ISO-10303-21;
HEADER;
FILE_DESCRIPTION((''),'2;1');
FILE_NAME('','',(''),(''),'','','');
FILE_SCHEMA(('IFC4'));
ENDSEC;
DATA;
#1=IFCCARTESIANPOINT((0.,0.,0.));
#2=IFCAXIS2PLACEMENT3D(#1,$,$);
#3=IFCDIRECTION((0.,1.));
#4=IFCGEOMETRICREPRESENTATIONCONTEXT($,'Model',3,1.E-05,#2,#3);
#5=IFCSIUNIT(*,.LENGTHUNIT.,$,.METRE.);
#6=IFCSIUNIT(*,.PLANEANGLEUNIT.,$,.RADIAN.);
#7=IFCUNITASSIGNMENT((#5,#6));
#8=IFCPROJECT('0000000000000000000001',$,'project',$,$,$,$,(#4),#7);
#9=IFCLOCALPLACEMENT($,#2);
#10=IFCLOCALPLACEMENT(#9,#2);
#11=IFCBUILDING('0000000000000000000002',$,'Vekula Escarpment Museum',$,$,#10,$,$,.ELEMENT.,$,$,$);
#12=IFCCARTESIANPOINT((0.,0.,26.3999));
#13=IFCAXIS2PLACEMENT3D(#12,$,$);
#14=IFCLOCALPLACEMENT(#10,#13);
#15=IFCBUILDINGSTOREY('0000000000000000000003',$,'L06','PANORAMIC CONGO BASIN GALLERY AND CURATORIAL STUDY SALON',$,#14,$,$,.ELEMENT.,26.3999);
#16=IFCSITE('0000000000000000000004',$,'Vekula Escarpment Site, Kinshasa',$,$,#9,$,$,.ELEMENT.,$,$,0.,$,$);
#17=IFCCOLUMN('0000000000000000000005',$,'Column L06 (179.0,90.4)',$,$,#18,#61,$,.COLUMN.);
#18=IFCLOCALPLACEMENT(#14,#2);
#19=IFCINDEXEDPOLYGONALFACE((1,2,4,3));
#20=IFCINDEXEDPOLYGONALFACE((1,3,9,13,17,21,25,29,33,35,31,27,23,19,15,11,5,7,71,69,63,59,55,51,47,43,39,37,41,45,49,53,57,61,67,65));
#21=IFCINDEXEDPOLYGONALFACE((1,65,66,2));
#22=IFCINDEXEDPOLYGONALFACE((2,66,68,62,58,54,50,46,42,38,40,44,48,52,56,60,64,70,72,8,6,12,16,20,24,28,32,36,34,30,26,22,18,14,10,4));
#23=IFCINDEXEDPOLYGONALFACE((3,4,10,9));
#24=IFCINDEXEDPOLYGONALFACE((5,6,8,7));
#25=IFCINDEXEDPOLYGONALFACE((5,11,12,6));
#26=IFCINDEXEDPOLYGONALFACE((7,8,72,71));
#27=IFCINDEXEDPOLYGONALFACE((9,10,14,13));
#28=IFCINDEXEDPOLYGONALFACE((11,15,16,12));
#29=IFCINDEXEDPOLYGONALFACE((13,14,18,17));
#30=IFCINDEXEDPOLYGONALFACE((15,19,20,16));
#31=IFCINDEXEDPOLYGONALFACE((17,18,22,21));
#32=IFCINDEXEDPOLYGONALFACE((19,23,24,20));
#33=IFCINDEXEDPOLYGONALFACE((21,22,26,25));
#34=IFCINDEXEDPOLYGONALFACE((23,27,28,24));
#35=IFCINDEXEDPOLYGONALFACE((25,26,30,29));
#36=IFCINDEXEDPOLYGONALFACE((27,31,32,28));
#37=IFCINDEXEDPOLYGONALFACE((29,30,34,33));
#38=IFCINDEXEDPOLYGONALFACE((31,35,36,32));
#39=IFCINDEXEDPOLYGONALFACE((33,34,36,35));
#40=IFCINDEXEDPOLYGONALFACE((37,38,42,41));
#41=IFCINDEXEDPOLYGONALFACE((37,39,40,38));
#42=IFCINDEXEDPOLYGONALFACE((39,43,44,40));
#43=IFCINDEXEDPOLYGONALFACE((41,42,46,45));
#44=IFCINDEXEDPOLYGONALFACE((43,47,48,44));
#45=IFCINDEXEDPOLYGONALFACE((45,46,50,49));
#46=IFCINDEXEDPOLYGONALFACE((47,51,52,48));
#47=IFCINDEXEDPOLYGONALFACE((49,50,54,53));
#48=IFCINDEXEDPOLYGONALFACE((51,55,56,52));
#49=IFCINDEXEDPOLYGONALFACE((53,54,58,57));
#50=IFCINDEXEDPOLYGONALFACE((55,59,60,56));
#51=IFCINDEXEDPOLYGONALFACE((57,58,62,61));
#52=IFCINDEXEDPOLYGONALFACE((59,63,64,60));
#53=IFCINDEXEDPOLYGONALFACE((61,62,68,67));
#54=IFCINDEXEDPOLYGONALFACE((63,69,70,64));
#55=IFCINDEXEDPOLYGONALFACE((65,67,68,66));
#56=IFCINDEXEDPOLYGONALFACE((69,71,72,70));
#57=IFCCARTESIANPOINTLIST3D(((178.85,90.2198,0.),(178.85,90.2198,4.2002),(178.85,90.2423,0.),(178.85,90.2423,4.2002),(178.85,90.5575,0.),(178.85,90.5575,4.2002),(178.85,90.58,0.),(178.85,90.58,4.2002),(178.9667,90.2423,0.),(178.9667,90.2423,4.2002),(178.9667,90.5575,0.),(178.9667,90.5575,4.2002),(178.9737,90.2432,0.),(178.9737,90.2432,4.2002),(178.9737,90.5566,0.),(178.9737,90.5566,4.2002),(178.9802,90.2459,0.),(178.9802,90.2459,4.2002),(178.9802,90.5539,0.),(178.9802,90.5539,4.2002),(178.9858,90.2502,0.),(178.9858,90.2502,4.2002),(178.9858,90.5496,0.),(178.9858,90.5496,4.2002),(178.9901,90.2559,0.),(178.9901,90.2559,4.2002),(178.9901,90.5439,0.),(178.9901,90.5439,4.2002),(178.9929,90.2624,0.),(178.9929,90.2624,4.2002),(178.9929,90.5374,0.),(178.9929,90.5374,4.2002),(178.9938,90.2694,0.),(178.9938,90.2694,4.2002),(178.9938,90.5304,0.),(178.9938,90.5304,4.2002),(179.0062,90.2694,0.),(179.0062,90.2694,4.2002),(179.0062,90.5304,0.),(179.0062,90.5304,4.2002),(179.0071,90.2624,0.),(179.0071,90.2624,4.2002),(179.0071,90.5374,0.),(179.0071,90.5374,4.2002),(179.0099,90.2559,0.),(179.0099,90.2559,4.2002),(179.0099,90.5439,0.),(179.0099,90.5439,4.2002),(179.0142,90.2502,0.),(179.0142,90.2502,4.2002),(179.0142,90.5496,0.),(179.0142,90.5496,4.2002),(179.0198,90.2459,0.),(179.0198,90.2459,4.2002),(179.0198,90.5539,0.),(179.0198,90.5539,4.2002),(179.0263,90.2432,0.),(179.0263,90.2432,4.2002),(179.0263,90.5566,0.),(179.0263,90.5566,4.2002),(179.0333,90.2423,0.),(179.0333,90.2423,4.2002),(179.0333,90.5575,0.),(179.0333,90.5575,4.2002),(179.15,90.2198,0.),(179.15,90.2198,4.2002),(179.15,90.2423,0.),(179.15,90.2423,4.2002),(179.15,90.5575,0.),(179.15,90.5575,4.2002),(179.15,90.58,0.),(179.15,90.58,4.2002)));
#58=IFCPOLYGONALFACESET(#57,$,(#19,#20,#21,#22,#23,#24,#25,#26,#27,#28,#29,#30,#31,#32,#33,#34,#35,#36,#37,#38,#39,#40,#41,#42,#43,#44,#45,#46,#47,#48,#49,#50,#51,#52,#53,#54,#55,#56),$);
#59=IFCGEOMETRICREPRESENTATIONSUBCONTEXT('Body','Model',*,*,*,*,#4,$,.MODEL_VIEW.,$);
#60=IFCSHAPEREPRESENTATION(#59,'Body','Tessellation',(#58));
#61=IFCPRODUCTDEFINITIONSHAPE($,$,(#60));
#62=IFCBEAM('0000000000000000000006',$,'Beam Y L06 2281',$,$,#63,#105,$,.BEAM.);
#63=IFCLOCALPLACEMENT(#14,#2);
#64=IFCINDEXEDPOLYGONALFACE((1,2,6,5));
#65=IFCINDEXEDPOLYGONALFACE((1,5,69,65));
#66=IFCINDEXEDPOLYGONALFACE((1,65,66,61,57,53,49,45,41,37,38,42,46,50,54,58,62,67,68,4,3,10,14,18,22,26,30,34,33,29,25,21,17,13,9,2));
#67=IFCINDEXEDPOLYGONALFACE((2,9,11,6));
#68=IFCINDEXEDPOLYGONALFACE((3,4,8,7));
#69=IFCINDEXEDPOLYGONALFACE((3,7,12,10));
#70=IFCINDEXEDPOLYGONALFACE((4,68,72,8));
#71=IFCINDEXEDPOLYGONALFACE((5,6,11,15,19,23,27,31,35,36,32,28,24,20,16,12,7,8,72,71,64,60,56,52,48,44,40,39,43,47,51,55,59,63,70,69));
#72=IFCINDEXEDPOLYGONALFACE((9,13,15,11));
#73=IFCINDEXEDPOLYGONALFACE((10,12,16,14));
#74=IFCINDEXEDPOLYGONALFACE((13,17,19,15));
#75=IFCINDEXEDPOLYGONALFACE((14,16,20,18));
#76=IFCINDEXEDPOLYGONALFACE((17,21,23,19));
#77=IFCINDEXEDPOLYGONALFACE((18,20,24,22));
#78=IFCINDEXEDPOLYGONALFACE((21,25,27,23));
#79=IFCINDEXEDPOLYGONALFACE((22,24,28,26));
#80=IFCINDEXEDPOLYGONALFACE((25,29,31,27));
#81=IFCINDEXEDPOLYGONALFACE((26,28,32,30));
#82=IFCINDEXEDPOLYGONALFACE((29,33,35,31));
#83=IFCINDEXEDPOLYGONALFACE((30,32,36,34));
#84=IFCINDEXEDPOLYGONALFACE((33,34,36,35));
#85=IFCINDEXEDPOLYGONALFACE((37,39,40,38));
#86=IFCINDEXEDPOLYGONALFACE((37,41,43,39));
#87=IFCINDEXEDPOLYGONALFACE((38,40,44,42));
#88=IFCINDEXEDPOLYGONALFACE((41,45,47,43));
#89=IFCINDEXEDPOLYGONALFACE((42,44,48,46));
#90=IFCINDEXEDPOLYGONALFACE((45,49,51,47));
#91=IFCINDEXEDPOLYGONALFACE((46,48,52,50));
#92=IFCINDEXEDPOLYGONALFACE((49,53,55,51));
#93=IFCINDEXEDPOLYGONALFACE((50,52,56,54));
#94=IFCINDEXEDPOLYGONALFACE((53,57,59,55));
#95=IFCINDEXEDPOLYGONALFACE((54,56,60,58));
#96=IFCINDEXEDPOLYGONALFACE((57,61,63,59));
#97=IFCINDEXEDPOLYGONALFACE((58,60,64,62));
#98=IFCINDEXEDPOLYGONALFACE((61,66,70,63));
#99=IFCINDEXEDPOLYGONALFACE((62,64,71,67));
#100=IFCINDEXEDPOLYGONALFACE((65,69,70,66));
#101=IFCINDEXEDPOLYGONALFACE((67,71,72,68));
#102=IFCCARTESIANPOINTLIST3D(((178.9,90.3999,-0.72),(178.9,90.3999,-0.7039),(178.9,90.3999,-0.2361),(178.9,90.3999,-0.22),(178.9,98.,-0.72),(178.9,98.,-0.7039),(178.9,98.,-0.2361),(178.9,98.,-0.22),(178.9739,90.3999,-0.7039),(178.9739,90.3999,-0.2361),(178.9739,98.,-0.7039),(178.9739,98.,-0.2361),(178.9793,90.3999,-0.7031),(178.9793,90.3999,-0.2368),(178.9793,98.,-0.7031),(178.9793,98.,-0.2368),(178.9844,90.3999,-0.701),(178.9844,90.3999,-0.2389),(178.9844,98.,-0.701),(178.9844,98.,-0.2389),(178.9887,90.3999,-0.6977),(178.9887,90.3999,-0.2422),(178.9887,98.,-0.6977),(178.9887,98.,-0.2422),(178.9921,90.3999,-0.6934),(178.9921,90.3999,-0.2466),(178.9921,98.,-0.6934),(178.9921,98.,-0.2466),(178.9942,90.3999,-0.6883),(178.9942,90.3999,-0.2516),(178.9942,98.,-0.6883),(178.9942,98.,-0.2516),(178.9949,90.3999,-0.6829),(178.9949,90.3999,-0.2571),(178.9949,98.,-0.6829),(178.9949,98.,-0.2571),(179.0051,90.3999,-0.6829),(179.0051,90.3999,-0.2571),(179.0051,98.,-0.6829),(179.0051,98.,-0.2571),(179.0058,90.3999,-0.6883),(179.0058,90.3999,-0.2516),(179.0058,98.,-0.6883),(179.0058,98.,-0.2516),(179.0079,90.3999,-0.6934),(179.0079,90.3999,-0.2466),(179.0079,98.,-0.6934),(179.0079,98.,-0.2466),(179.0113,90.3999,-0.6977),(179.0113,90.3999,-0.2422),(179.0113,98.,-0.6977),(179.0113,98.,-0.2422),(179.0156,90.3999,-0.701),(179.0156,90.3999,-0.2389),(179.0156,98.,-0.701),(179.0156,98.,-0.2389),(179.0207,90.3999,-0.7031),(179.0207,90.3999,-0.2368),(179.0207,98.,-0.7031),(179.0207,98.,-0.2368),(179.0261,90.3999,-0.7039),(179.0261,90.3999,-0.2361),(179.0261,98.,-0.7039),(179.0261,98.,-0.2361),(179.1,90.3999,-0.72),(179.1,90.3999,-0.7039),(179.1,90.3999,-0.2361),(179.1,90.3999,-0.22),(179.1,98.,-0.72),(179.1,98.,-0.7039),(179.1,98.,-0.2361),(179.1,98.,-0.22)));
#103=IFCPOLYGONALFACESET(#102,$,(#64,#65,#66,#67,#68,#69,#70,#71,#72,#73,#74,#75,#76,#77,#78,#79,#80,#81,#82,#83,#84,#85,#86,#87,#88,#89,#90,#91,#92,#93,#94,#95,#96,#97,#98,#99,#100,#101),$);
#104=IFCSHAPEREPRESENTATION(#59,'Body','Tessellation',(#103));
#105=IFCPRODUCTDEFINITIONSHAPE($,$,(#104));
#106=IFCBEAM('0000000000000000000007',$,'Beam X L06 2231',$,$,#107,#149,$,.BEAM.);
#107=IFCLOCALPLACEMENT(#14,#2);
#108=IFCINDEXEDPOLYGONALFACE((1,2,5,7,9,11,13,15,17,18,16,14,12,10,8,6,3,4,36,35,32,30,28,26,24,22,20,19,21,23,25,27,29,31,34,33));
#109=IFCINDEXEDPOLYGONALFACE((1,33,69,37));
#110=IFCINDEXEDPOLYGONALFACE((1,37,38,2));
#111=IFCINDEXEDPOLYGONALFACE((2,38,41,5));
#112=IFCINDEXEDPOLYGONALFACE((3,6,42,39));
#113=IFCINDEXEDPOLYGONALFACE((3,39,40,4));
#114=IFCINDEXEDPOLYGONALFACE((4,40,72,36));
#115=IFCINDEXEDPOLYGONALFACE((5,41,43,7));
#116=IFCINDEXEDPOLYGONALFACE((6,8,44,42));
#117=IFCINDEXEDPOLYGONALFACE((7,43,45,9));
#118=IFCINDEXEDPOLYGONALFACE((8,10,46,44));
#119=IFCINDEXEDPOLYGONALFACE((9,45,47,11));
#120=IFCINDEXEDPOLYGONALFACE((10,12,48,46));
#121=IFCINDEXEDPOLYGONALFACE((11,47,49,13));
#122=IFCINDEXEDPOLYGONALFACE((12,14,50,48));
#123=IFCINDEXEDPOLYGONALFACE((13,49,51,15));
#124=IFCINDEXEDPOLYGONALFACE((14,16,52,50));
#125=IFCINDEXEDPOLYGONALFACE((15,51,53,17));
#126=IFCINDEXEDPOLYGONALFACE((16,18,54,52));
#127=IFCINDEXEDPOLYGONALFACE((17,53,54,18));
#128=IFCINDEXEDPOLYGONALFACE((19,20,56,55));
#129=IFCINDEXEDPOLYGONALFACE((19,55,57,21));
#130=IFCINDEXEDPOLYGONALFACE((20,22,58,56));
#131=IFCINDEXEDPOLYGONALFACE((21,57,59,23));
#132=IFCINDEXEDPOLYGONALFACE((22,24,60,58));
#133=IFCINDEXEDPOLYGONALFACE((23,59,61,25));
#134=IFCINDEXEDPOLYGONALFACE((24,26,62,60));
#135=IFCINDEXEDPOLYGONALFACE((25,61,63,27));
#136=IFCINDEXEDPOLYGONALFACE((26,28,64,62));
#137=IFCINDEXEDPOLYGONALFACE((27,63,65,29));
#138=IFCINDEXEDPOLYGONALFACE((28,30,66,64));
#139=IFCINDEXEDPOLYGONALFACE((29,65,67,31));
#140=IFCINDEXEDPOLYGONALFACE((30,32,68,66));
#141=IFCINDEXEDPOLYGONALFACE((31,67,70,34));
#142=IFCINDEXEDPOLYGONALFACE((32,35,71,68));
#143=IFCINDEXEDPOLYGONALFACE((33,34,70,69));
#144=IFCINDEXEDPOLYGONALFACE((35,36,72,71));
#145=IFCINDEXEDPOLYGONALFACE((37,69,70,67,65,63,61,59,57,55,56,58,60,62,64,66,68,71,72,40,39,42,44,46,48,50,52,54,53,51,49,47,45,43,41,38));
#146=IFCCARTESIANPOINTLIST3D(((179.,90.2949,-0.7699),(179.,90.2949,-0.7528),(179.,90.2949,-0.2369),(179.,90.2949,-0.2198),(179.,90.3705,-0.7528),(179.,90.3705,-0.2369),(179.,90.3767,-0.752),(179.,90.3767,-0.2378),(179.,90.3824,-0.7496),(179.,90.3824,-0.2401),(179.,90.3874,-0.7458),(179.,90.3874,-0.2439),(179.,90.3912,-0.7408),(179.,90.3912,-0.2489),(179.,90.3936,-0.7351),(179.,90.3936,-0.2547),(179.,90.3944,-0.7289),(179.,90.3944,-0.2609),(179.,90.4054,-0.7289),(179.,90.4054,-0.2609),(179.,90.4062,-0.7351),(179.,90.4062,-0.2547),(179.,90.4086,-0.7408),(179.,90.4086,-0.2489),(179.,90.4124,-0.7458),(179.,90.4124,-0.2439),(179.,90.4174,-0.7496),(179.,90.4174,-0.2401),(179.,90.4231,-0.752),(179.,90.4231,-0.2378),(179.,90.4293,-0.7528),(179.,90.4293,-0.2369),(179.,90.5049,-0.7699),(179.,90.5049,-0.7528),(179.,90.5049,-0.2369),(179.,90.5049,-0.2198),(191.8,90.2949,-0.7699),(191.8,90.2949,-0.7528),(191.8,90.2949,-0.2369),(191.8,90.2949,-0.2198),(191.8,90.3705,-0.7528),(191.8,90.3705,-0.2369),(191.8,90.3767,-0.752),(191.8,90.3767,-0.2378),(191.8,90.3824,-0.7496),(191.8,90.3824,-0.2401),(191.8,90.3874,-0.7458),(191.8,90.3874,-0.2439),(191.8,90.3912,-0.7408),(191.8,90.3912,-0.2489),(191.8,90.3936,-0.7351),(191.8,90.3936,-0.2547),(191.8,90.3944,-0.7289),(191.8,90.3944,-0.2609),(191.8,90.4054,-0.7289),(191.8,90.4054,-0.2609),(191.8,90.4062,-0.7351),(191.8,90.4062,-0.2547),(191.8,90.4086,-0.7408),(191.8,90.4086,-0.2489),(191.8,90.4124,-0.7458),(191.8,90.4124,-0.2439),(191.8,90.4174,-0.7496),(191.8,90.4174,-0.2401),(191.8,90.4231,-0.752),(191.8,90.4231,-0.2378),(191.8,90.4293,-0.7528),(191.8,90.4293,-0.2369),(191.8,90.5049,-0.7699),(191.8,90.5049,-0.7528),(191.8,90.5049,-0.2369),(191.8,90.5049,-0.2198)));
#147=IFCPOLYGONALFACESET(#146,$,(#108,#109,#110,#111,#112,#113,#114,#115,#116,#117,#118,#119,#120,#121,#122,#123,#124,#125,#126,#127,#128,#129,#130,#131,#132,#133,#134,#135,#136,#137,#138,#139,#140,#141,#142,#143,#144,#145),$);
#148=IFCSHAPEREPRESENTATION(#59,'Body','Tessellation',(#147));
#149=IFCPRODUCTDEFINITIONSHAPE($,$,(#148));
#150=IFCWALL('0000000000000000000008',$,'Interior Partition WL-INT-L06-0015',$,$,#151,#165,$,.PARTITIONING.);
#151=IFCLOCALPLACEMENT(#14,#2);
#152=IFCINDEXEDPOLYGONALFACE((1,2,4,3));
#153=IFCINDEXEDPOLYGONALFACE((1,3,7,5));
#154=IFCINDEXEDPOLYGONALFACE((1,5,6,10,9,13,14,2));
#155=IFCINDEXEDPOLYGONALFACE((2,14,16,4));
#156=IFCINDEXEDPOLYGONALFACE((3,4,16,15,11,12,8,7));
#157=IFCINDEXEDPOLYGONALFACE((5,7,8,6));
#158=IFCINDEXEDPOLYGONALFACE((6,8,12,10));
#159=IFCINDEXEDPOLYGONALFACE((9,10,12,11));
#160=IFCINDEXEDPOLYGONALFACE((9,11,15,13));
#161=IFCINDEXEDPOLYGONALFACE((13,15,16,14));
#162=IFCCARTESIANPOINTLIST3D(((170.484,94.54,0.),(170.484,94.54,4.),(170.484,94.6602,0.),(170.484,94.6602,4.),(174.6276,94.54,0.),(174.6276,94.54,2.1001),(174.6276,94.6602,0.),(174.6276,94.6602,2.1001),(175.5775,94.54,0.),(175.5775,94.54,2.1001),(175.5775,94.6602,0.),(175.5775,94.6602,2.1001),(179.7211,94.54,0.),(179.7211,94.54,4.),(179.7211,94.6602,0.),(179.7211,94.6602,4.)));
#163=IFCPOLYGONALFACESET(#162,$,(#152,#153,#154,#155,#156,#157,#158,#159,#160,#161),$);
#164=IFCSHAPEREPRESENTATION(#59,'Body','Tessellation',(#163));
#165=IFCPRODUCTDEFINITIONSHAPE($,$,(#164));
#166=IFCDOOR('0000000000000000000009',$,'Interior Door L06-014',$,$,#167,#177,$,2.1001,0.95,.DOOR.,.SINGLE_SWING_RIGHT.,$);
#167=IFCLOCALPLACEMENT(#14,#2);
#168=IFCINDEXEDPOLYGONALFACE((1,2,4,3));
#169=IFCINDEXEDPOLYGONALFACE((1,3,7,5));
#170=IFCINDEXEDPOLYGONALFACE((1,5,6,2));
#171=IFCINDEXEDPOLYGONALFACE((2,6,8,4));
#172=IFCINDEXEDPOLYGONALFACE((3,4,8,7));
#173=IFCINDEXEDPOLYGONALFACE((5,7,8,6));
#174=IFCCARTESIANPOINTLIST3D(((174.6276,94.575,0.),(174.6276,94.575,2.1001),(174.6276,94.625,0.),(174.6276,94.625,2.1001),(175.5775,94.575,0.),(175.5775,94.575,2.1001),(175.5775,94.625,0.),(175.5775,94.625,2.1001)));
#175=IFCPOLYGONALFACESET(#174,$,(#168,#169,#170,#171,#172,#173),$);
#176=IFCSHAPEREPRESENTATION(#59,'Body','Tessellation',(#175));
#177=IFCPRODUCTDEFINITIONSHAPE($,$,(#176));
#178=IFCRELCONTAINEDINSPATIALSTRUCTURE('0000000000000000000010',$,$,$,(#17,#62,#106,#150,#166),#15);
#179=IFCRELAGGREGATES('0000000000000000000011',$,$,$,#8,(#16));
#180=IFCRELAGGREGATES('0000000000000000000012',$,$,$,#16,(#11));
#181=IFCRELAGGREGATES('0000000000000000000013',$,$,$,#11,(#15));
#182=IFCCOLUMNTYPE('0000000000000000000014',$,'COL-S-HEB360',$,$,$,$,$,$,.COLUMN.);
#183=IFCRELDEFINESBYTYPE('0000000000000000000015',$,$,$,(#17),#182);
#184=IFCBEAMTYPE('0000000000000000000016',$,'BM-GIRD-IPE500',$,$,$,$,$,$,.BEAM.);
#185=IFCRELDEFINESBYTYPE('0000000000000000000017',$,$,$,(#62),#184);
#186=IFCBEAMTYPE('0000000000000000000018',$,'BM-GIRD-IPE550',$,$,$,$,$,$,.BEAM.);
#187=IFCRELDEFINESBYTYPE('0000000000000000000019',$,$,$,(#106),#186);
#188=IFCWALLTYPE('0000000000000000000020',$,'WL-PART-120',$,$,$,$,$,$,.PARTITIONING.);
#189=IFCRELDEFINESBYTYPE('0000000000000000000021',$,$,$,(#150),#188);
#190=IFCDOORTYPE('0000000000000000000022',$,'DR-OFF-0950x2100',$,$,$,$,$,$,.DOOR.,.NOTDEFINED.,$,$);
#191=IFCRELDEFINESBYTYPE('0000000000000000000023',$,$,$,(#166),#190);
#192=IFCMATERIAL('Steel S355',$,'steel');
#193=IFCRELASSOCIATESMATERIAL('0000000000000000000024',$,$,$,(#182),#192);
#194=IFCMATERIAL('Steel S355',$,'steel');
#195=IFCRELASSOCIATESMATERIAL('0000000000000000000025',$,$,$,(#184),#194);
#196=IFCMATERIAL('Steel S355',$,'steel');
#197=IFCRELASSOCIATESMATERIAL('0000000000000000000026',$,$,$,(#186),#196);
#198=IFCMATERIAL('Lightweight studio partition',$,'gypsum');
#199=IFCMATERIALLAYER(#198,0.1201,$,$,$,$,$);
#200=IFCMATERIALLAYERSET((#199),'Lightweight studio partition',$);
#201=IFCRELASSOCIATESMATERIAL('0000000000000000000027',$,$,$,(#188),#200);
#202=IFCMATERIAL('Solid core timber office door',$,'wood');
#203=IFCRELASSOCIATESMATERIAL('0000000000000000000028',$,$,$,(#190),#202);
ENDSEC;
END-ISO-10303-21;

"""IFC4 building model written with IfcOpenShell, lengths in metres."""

from ifc_helpers import new_model, si_unit, direction, frame, frame_2d, origin, origin_2d, place, context, subcontext, project, spatial, rectangle, i_section, extrude, material, layer, layer_set, material_profile, profile_set, type_object, element, fill, save


model = new_model("IFC4")

# Units and contexts
model_context = context("Model", 3, precision=1e-05, world=origin(), true_north=direction((0.0, 1.0)))
body_context = subcontext(model_context, "Body", "Model", "MODEL_VIEW")
ifc_project = project(units=[si_unit("LENGTHUNIT", "METRE"), si_unit("PLANEANGLEUNIT", "RADIAN")], contexts=[model_context])

# Site, building, storey
site_placement = place(None, origin())
site = spatial("IfcSite", under=ifc_project, at=site_placement, Name="Vekula Escarpment Site, Kinshasa", CompositionType="ELEMENT", RefElevation=0.0)
building_placement = place(site_placement, origin())
building = spatial("IfcBuilding", under=site, at=building_placement, Name="Vekula Escarpment Museum", CompositionType="ELEMENT")
storey_placement = place(building_placement, frame((0.0, 0.0, 26.3999)))
storey = spatial("IfcBuildingStorey", under=building, at=storey_placement, Name="L06", Description="PANORAMIC CONGO BASIN GALLERY AND CURATORIAL STUDY SALON", CompositionType="ELEMENT", Elevation=26.3999)

# Column
ifc_material_1 = material(Name="Steel S355", Category="steel")
ifc_material_profile_1 = material_profile(ifc_material_1, i_section(OverallWidth=0.3, OverallDepth=0.3601, WebThickness=0.0125, FlangeThickness=0.0225, FilletRadius=0.0271, at=origin_2d()), Name="HEB 360")
ifc_profile_set_1 = profile_set([ifc_material_profile_1], Name="Steel S355")
column_type = type_object("IfcColumnType", Name="COL-S-HEB360", PredefinedType="COLUMN", material=ifc_profile_set_1)
column_placement = place(storey_placement, frame((179.0, 90.3999, 0.0), z_axis=(0.0, 0.0, 1.0), x_axis=(1.0, 0.0, 0.0)))
element("IfcColumn", 1, at=column_placement, inside=storey, type_object=column_type, Name="Column L06 (179.0,90.4)", PredefinedType="COLUMN", context=body_context, shape_type="SweptSolid", body=[
    extrude(i_section(OverallWidth=0.3, OverallDepth=0.3601, WebThickness=0.0125, FlangeThickness=0.0225, FilletRadius=0.0271, at=origin_2d()), origin(), (0.0, 0.0, 1.0), 4.2002),
])

# Beams
ifc_material_2 = material(Name="Steel S355", Category="steel")
ifc_material_profile_2 = material_profile(ifc_material_2, i_section(OverallWidth=0.2, OverallDepth=0.5, WebThickness=0.0103, FlangeThickness=0.0161, FilletRadius=0.021, at=origin_2d()), Name="IPE 500")
ifc_profile_set_2 = profile_set([ifc_material_profile_2], Name="Steel S355")
beam_type_1 = type_object("IfcBeamType", Name="BM-GIRD-IPE500", PredefinedType="BEAM", material=ifc_profile_set_2)
beam_1_placement = place(storey_placement, frame((179.0, 90.3999, -0.47), z_axis=(0.0, 1.0, 0.0), x_axis=(-1.0, 0.0, 0.0)))
element("IfcBeam", 2, at=beam_1_placement, inside=storey, type_object=beam_type_1, Name="Beam Y L06 2281", PredefinedType="BEAM", context=body_context, shape_type="SweptSolid", body=[
    extrude(i_section(OverallWidth=0.2, OverallDepth=0.5, WebThickness=0.0103, FlangeThickness=0.0161, FilletRadius=0.021, at=origin_2d()), origin(), (0.0, 0.0, 1.0), 7.6001),
])
ifc_material_3 = material(Name="Steel S355", Category="steel")
ifc_material_profile_3 = material_profile(ifc_material_3, i_section(OverallWidth=0.21, OverallDepth=0.55, WebThickness=0.011, FlangeThickness=0.0171, FilletRadius=0.0239, at=origin_2d()), Name="IPE 550")
ifc_profile_set_3 = profile_set([ifc_material_profile_3], Name="Steel S355")
beam_type_2 = type_object("IfcBeamType", Name="BM-GIRD-IPE550", PredefinedType="BEAM", material=ifc_profile_set_3)
beam_2_placement = place(storey_placement, frame((179.0, 90.3999, -0.4949), z_axis=(1.0, 0.0, 0.0), x_axis=(0.0, 1.0, 0.0)))
element("IfcBeam", 3, at=beam_2_placement, inside=storey, type_object=beam_type_2, Name="Beam X L06 2231", PredefinedType="BEAM", context=body_context, shape_type="SweptSolid", body=[
    extrude(i_section(OverallWidth=0.21, OverallDepth=0.55, WebThickness=0.011, FlangeThickness=0.0171, FilletRadius=0.0239, at=origin_2d()), origin(), (0.0, 0.0, 1.0), 12.8),
])

# Wall, opening, door
ifc_material_4 = material(Name="Lightweight studio partition", Category="gypsum")
ifc_layer_1 = layer(ifc_material_4, 0.1201)
ifc_layer_set_1 = layer_set([ifc_layer_1], Name="Lightweight studio partition")
wall_type_1 = type_object("IfcWallType", Name="WL-PART-120", PredefinedType="PARTITIONING", material=ifc_layer_set_1)
wall_1_placement = place(storey_placement, frame((170.4839, 94.6001, 0.0), z_axis=(0.0, 0.0, 1.0), x_axis=(1.0, 0.0, 0.0)))
wall_1 = element("IfcWall", 4, at=wall_1_placement, inside=storey, type_object=wall_type_1, Name="Interior Partition WL-INT-L06-0015", PredefinedType="PARTITIONING", context=body_context, shape_type="SweptSolid", body=[
    extrude(rectangle(XDim=9.2371, YDim=0.1201, at=frame_2d((4.6187, 0.0))), origin(), (0.0, 0.0, 1.0), 4.0),
])
opening_1_placement = place(wall_1_placement, frame((4.1436, 0.0, 0.0)))
opening_1 = element("IfcOpeningElement", 5, at=opening_1_placement, cuts=wall_1, PredefinedType="OPENING", context=body_context, shape_type="SweptSolid", body=[
    extrude(rectangle(XDim=0.95, YDim=2.1001, at=frame_2d((0.4751, 1.05))), frame((0.0, 0.0701, 0.0), z_axis=(0.0, -1.0, 0.0), x_axis=(1.0, 0.0, 0.0)), (0.0, 0.0, 1.0), 0.1401),
])
ifc_material_5 = material(Name="Solid core timber office door", Category="wood")
door_type_1 = type_object("IfcDoorType", Name="DR-OFF-0950x2100", OperationType="NOTDEFINED", PredefinedType="DOOR", material=ifc_material_5)
door_1_placement = place(opening_1_placement, origin())
door_1 = element("IfcDoor", 6, at=door_1_placement, inside=storey, type_object=door_type_1, Name="Interior Door L06-014", OperationType="SINGLE_SWING_RIGHT", OverallHeight=2.1001, OverallWidth=0.95, PredefinedType="DOOR", context=body_context, shape_type="SweptSolid", body=[
    extrude(rectangle(XDim=0.95, YDim=2.1001, at=frame_2d((0.4751, 1.05))), frame((0.0, 0.0249, 0.0), z_axis=(0.0, -1.0, 0.0), x_axis=(1.0, 0.0, 0.0)), (0.0, 0.0, 1.0), 0.05),
])
fill(opening_1, door_1)

save(model, "model.ifc")
